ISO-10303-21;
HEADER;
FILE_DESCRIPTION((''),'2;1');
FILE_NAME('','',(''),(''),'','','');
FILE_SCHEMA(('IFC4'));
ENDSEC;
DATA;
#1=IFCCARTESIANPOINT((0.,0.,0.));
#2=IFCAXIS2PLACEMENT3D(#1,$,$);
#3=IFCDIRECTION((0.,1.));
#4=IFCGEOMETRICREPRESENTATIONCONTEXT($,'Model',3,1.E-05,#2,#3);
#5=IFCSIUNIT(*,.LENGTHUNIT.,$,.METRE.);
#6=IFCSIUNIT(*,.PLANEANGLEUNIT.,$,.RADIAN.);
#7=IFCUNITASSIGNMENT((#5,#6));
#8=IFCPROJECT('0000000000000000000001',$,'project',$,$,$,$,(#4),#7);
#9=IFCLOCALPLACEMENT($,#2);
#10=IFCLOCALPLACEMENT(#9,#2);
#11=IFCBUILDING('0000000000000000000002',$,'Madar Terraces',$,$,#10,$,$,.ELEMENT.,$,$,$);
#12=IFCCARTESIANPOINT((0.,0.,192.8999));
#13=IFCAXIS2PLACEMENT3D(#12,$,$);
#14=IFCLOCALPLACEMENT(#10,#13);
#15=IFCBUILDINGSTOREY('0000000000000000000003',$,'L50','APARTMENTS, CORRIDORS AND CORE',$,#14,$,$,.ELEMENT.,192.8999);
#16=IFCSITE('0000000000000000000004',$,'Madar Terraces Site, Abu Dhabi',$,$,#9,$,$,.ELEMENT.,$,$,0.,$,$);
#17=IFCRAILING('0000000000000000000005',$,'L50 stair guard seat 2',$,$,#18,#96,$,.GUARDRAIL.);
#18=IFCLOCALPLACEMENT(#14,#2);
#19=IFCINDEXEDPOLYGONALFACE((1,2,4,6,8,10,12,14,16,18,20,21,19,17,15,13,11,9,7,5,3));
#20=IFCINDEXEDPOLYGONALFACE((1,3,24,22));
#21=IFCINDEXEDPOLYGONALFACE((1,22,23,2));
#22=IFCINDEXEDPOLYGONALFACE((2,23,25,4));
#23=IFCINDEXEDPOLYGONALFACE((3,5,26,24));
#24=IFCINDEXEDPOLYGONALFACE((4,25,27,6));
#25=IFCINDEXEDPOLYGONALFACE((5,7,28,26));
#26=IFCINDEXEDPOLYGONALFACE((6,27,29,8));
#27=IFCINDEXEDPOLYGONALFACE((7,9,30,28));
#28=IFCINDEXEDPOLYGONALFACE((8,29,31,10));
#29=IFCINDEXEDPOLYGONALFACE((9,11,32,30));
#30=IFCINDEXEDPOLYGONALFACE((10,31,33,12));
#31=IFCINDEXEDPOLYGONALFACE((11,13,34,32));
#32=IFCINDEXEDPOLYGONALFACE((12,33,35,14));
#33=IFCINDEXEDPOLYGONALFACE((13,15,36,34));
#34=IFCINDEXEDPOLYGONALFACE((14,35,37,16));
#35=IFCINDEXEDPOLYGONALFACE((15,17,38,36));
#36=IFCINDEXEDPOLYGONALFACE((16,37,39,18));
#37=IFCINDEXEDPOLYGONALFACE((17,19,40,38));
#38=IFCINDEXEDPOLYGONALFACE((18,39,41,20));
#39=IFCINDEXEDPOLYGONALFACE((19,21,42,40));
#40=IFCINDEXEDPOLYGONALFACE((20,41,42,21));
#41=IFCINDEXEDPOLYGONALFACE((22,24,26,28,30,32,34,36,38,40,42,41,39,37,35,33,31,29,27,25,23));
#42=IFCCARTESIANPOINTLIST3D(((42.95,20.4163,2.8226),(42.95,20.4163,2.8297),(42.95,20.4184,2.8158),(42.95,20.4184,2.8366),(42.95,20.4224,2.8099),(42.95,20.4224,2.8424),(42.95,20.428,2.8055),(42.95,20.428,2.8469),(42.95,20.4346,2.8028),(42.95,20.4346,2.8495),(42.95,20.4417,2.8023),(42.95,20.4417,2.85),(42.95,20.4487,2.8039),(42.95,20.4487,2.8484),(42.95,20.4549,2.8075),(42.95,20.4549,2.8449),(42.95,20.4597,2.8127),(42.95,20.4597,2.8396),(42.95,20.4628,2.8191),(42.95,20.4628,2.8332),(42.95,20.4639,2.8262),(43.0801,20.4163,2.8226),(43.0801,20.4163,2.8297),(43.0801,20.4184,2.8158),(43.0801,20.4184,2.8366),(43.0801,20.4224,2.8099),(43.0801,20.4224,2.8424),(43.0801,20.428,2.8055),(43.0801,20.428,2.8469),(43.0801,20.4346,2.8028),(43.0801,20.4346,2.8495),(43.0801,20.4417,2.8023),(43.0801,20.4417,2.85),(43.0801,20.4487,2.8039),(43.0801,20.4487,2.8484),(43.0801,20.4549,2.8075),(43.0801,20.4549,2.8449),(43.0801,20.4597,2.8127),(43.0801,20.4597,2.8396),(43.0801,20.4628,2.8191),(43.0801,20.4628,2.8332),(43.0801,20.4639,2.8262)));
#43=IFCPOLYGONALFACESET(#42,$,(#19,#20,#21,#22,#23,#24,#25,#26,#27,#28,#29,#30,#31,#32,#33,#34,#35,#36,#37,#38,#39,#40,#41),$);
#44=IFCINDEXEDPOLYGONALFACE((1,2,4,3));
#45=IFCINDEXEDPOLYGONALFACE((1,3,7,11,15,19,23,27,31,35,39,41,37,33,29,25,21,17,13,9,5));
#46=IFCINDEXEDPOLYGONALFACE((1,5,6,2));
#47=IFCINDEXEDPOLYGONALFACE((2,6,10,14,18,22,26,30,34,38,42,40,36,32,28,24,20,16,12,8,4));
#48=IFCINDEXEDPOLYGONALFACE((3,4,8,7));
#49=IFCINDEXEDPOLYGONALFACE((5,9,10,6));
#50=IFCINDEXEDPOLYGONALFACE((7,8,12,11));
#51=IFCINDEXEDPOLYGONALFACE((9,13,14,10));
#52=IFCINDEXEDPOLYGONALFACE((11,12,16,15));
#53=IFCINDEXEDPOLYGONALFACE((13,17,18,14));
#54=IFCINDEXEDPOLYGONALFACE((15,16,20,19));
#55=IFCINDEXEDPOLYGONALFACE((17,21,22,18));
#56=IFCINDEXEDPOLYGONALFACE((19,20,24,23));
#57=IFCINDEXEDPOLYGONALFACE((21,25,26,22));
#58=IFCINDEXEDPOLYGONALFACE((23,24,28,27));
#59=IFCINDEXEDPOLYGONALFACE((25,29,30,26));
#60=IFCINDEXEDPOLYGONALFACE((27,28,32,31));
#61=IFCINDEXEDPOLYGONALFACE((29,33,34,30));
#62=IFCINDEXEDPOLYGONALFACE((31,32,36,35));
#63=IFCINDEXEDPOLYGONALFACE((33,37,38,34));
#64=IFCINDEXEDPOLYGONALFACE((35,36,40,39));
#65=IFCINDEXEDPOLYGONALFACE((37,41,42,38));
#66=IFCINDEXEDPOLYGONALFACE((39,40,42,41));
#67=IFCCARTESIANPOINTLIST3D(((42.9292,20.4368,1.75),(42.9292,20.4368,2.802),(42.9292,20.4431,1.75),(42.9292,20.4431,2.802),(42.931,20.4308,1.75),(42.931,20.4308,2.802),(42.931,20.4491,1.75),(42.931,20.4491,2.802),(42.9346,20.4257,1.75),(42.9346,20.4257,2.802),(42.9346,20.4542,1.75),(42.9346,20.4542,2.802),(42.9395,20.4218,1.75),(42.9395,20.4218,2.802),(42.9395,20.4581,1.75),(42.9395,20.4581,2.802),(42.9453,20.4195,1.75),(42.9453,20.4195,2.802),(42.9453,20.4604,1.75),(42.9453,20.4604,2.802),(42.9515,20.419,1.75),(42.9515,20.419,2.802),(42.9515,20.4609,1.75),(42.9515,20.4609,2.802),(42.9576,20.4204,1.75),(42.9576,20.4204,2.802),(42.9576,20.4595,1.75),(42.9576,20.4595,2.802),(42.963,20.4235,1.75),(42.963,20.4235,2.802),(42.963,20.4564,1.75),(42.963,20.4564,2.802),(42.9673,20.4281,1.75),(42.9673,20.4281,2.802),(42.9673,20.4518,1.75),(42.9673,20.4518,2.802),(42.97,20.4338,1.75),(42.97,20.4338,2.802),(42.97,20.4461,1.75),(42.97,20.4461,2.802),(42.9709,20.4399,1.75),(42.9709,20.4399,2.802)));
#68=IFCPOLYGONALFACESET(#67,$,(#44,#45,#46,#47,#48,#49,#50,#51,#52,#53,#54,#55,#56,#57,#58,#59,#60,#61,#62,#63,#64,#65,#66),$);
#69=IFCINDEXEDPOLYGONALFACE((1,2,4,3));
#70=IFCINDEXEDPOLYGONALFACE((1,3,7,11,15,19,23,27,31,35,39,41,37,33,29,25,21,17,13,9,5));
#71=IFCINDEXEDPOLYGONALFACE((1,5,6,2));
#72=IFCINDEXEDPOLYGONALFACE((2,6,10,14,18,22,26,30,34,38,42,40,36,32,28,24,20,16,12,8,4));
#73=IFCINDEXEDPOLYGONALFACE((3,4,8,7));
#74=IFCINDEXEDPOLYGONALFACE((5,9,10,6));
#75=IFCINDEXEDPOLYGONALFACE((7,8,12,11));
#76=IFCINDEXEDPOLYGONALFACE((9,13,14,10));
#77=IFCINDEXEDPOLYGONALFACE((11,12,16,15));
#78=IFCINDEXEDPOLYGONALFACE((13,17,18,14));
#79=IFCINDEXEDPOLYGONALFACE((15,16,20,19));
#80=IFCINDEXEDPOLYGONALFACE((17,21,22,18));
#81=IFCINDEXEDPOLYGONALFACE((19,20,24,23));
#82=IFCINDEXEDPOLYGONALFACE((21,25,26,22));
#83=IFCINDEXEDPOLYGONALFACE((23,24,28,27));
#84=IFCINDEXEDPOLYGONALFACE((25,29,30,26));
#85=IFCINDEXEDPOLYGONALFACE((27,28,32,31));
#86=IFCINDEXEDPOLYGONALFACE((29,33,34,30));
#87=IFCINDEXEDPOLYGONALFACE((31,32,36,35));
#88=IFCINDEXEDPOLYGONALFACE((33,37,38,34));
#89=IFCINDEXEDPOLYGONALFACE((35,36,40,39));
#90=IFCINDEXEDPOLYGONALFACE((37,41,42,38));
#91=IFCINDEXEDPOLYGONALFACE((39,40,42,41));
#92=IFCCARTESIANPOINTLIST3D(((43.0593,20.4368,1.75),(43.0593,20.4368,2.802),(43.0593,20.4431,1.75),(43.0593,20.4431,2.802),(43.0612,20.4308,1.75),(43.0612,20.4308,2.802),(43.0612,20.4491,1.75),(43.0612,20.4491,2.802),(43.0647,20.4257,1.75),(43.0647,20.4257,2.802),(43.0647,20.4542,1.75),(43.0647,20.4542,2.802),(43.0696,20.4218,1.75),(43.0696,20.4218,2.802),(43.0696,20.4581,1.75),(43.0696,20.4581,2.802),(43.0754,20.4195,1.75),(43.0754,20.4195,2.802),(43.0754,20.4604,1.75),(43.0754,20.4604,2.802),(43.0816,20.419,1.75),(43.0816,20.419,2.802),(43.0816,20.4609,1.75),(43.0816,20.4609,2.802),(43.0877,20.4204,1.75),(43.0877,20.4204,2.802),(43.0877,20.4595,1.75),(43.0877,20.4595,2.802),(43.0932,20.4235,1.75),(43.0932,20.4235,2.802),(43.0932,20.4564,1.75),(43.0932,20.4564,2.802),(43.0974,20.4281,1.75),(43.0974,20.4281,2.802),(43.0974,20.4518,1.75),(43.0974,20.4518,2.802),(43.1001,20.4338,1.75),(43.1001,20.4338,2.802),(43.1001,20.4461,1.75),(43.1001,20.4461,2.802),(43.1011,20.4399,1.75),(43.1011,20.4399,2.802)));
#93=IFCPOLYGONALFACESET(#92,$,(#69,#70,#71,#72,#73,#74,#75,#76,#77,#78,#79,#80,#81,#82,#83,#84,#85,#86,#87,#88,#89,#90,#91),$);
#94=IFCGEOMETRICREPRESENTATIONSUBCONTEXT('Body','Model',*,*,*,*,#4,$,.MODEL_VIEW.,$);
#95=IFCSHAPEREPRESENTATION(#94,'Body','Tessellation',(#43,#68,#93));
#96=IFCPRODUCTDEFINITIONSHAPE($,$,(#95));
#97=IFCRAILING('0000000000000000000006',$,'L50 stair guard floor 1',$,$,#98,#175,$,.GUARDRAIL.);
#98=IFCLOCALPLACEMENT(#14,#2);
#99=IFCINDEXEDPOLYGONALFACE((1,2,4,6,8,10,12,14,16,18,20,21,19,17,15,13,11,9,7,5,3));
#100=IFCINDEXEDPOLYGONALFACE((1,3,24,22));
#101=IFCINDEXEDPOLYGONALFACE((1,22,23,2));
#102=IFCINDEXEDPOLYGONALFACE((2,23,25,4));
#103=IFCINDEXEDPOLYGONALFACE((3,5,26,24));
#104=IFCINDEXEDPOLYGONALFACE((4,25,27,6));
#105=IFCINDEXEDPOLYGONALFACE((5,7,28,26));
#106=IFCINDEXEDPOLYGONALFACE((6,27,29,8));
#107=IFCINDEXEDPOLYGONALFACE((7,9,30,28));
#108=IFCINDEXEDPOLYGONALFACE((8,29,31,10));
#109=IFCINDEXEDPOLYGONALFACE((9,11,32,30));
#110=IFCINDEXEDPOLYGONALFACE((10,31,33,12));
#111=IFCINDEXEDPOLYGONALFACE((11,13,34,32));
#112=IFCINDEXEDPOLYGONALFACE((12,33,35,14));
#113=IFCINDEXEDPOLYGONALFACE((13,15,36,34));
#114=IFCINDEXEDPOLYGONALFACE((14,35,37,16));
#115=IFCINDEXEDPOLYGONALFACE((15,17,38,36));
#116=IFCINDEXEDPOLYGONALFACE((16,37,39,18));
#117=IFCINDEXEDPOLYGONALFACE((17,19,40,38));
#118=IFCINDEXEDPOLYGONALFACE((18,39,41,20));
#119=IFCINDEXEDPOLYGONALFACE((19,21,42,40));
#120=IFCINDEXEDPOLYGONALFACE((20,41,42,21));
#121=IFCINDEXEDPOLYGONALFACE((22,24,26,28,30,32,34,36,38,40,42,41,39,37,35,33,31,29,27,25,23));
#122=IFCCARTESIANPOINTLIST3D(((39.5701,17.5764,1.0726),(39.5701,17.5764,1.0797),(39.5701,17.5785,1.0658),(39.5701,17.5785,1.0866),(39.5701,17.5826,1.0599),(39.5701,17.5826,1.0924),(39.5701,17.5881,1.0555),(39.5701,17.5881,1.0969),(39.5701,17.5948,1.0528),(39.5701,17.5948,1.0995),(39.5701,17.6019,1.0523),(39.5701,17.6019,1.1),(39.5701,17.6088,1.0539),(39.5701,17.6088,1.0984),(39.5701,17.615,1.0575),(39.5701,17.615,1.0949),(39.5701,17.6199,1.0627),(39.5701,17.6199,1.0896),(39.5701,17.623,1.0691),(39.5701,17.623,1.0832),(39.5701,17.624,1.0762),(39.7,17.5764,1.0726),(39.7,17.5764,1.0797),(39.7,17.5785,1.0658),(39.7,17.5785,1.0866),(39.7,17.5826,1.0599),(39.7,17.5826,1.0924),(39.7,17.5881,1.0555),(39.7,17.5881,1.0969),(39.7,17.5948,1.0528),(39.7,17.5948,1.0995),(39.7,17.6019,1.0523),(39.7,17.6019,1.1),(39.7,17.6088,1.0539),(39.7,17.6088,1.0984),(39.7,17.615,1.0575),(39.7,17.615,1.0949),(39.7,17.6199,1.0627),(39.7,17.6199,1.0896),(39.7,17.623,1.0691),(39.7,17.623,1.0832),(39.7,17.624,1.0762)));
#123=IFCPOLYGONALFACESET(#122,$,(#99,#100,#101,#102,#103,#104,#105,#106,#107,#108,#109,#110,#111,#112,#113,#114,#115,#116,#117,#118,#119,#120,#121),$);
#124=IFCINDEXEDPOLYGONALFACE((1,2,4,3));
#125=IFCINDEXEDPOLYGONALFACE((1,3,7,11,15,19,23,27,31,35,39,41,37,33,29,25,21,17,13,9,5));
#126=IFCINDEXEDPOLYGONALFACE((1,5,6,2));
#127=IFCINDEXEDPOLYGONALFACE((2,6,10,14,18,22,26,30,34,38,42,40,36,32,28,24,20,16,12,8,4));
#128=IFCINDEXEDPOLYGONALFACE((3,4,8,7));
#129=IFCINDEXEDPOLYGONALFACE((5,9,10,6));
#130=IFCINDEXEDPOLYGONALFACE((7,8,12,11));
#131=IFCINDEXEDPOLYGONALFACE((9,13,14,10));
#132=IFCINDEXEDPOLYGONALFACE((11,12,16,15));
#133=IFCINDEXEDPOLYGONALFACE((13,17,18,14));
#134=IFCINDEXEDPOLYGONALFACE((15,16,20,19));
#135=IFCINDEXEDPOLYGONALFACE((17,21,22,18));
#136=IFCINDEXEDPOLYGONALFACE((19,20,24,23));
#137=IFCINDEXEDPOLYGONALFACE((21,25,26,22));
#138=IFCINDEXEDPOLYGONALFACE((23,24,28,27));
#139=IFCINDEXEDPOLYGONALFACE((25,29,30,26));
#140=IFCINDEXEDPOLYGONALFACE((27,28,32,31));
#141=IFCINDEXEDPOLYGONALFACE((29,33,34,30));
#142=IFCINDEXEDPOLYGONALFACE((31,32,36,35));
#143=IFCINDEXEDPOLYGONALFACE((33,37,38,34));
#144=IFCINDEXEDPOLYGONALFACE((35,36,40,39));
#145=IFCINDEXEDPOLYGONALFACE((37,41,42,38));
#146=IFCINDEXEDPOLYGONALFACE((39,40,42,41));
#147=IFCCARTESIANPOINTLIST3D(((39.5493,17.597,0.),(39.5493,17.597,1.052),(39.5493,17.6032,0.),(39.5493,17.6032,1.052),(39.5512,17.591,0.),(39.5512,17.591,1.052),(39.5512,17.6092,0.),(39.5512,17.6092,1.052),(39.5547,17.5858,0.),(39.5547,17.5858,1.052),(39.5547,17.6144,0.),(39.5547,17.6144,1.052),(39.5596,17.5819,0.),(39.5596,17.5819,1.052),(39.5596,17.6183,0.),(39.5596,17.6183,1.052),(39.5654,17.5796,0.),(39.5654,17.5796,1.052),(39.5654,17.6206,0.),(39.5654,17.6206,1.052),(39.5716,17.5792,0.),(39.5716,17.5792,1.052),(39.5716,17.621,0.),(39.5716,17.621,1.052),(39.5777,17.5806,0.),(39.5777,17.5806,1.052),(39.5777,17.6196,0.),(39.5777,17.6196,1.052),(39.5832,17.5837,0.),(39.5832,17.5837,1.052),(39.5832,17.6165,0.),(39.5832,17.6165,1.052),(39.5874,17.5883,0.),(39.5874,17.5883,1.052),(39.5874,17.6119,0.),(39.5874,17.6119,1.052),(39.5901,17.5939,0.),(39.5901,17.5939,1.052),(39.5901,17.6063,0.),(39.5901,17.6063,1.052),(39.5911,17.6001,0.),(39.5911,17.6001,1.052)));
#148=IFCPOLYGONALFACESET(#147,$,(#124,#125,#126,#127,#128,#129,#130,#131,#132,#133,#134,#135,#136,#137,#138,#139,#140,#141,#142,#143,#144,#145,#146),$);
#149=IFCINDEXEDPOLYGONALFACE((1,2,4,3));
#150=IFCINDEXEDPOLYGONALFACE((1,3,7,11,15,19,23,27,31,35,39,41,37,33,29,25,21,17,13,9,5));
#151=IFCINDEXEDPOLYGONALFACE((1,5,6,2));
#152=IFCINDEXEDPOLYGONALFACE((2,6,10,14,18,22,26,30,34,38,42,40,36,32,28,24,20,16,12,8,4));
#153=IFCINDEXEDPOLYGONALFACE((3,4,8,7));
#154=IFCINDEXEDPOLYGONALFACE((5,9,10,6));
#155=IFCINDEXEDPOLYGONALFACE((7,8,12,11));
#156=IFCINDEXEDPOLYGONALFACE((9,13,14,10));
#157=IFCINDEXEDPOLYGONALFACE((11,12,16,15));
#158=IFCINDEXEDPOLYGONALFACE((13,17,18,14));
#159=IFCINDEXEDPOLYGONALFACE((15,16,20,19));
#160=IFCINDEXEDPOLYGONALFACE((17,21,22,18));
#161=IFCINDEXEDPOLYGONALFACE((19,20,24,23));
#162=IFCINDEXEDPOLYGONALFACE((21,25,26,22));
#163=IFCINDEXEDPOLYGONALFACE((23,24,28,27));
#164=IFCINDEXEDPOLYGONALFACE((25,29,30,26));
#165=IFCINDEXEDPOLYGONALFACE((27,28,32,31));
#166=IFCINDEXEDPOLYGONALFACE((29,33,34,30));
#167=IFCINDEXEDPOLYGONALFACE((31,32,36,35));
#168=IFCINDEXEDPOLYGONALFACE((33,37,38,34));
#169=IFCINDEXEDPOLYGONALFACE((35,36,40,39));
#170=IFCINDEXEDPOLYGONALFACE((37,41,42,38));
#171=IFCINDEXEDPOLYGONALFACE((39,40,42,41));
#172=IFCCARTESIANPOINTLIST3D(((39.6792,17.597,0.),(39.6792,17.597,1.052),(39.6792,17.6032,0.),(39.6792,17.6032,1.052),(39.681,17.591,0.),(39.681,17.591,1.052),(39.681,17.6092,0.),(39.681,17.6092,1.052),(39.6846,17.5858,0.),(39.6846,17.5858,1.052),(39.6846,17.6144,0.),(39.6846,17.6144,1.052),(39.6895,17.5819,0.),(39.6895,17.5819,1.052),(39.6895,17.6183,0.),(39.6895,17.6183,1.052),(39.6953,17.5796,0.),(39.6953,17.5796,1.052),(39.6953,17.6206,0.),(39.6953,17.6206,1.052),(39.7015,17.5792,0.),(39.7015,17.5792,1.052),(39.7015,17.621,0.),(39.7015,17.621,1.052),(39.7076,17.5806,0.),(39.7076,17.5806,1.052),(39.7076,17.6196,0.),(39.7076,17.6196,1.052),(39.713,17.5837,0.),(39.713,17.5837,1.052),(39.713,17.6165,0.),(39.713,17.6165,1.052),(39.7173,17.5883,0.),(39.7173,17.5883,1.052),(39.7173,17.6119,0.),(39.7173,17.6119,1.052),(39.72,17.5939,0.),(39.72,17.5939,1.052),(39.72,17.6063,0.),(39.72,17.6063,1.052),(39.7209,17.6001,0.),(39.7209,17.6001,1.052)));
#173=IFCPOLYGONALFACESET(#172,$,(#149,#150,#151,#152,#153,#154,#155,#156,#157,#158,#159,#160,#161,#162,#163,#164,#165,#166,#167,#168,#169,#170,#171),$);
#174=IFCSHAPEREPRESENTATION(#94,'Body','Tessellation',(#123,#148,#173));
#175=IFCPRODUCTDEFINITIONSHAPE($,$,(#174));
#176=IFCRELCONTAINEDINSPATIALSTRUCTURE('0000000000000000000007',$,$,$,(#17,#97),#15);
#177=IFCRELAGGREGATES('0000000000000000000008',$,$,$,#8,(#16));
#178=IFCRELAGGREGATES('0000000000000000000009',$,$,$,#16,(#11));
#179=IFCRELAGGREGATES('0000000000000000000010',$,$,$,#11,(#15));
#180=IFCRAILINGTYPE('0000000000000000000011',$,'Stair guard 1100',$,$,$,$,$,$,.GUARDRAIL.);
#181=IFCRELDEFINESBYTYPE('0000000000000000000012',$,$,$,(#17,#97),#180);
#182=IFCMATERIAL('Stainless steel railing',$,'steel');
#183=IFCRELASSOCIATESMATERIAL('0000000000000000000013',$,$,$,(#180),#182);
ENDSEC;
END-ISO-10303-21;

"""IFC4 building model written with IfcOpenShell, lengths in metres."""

from ifc_helpers import new_model, si_unit, direction, frame, origin, origin_2d, place, context, subcontext, project, spatial, circle, extrude, material, type_object, element, save


model = new_model("IFC4")

# Units and contexts
model_context = context("Model", 3, precision=1e-05, world=origin(), true_north=direction((0.0, 1.0)))
body_context = subcontext(model_context, "Body", "Model", "MODEL_VIEW")
ifc_project = project(units=[si_unit("LENGTHUNIT", "METRE"), si_unit("PLANEANGLEUNIT", "RADIAN")], contexts=[model_context])

# Site, building, storey
site_placement = place(None, origin())
site = spatial("IfcSite", under=ifc_project, at=site_placement, Name="Madar Terraces Site, Abu Dhabi", CompositionType="ELEMENT", RefElevation=0.0)
building_placement = place(site_placement, origin())
building = spatial("IfcBuilding", under=site, at=building_placement, Name="Madar Terraces", CompositionType="ELEMENT")
storey_placement = place(building_placement, frame((0.0, 0.0, 192.8999)))
storey = spatial("IfcBuildingStorey", under=building, at=storey_placement, Name="L50", Description="APARTMENTS, CORRIDORS AND CORE", CompositionType="ELEMENT", Elevation=192.8999)

# Railings
ifc_material_1 = material(Name="Stainless steel railing", Category="steel")
railing_type_1 = type_object("IfcRailingType", Name="Stair guard 1100", PredefinedType="GUARDRAIL", material=ifc_material_1)
railing_1_placement = place(storey_placement, frame((42.95, 20.4399, 1.75)))
element("IfcRailing", 1, at=railing_1_placement, inside=storey, type_object=railing_type_1, Name="L50 stair guard seat 2", PredefinedType="GUARDRAIL", context=body_context, shape_type="SweptSolid", body=[
    extrude(circle(Radius=0.0239, at=origin_2d()), frame((0.0, 0.0, 1.0762), z_axis=(1.0, 0.0, 0.0), x_axis=(0.0, 1.0, 0.0)), (0.0, 0.0, 1.0), 0.1301),
    extrude(circle(Radius=0.021, at=origin_2d()), origin(), (0.0, 0.0, 1.0), 1.052),
    extrude(circle(Radius=0.021, at=origin_2d()), frame((0.1301, 0.0, 0.0)), (0.0, 0.0, 1.0), 1.052),
])
railing_2_placement = place(storey_placement, frame((39.5701, 17.6001, 0.0)))
element("IfcRailing", 2, at=railing_2_placement, inside=storey, type_object=railing_type_1, Name="L50 stair guard floor 1", PredefinedType="GUARDRAIL", context=body_context, shape_type="SweptSolid", body=[
    extrude(circle(Radius=0.0239, at=origin_2d()), frame((0.0, 0.0, 1.0762), z_axis=(1.0, 0.0, 0.0), x_axis=(0.0, 1.0, 0.0)), (0.0, 0.0, 1.0), 0.1299),
    extrude(circle(Radius=0.021, at=origin_2d()), origin(), (0.0, 0.0, 1.0), 1.052),
    extrude(circle(Radius=0.021, at=origin_2d()), frame((0.1299, 0.0, 0.0)), (0.0, 0.0, 1.0), 1.052),
])

save(model, "model.ifc")
